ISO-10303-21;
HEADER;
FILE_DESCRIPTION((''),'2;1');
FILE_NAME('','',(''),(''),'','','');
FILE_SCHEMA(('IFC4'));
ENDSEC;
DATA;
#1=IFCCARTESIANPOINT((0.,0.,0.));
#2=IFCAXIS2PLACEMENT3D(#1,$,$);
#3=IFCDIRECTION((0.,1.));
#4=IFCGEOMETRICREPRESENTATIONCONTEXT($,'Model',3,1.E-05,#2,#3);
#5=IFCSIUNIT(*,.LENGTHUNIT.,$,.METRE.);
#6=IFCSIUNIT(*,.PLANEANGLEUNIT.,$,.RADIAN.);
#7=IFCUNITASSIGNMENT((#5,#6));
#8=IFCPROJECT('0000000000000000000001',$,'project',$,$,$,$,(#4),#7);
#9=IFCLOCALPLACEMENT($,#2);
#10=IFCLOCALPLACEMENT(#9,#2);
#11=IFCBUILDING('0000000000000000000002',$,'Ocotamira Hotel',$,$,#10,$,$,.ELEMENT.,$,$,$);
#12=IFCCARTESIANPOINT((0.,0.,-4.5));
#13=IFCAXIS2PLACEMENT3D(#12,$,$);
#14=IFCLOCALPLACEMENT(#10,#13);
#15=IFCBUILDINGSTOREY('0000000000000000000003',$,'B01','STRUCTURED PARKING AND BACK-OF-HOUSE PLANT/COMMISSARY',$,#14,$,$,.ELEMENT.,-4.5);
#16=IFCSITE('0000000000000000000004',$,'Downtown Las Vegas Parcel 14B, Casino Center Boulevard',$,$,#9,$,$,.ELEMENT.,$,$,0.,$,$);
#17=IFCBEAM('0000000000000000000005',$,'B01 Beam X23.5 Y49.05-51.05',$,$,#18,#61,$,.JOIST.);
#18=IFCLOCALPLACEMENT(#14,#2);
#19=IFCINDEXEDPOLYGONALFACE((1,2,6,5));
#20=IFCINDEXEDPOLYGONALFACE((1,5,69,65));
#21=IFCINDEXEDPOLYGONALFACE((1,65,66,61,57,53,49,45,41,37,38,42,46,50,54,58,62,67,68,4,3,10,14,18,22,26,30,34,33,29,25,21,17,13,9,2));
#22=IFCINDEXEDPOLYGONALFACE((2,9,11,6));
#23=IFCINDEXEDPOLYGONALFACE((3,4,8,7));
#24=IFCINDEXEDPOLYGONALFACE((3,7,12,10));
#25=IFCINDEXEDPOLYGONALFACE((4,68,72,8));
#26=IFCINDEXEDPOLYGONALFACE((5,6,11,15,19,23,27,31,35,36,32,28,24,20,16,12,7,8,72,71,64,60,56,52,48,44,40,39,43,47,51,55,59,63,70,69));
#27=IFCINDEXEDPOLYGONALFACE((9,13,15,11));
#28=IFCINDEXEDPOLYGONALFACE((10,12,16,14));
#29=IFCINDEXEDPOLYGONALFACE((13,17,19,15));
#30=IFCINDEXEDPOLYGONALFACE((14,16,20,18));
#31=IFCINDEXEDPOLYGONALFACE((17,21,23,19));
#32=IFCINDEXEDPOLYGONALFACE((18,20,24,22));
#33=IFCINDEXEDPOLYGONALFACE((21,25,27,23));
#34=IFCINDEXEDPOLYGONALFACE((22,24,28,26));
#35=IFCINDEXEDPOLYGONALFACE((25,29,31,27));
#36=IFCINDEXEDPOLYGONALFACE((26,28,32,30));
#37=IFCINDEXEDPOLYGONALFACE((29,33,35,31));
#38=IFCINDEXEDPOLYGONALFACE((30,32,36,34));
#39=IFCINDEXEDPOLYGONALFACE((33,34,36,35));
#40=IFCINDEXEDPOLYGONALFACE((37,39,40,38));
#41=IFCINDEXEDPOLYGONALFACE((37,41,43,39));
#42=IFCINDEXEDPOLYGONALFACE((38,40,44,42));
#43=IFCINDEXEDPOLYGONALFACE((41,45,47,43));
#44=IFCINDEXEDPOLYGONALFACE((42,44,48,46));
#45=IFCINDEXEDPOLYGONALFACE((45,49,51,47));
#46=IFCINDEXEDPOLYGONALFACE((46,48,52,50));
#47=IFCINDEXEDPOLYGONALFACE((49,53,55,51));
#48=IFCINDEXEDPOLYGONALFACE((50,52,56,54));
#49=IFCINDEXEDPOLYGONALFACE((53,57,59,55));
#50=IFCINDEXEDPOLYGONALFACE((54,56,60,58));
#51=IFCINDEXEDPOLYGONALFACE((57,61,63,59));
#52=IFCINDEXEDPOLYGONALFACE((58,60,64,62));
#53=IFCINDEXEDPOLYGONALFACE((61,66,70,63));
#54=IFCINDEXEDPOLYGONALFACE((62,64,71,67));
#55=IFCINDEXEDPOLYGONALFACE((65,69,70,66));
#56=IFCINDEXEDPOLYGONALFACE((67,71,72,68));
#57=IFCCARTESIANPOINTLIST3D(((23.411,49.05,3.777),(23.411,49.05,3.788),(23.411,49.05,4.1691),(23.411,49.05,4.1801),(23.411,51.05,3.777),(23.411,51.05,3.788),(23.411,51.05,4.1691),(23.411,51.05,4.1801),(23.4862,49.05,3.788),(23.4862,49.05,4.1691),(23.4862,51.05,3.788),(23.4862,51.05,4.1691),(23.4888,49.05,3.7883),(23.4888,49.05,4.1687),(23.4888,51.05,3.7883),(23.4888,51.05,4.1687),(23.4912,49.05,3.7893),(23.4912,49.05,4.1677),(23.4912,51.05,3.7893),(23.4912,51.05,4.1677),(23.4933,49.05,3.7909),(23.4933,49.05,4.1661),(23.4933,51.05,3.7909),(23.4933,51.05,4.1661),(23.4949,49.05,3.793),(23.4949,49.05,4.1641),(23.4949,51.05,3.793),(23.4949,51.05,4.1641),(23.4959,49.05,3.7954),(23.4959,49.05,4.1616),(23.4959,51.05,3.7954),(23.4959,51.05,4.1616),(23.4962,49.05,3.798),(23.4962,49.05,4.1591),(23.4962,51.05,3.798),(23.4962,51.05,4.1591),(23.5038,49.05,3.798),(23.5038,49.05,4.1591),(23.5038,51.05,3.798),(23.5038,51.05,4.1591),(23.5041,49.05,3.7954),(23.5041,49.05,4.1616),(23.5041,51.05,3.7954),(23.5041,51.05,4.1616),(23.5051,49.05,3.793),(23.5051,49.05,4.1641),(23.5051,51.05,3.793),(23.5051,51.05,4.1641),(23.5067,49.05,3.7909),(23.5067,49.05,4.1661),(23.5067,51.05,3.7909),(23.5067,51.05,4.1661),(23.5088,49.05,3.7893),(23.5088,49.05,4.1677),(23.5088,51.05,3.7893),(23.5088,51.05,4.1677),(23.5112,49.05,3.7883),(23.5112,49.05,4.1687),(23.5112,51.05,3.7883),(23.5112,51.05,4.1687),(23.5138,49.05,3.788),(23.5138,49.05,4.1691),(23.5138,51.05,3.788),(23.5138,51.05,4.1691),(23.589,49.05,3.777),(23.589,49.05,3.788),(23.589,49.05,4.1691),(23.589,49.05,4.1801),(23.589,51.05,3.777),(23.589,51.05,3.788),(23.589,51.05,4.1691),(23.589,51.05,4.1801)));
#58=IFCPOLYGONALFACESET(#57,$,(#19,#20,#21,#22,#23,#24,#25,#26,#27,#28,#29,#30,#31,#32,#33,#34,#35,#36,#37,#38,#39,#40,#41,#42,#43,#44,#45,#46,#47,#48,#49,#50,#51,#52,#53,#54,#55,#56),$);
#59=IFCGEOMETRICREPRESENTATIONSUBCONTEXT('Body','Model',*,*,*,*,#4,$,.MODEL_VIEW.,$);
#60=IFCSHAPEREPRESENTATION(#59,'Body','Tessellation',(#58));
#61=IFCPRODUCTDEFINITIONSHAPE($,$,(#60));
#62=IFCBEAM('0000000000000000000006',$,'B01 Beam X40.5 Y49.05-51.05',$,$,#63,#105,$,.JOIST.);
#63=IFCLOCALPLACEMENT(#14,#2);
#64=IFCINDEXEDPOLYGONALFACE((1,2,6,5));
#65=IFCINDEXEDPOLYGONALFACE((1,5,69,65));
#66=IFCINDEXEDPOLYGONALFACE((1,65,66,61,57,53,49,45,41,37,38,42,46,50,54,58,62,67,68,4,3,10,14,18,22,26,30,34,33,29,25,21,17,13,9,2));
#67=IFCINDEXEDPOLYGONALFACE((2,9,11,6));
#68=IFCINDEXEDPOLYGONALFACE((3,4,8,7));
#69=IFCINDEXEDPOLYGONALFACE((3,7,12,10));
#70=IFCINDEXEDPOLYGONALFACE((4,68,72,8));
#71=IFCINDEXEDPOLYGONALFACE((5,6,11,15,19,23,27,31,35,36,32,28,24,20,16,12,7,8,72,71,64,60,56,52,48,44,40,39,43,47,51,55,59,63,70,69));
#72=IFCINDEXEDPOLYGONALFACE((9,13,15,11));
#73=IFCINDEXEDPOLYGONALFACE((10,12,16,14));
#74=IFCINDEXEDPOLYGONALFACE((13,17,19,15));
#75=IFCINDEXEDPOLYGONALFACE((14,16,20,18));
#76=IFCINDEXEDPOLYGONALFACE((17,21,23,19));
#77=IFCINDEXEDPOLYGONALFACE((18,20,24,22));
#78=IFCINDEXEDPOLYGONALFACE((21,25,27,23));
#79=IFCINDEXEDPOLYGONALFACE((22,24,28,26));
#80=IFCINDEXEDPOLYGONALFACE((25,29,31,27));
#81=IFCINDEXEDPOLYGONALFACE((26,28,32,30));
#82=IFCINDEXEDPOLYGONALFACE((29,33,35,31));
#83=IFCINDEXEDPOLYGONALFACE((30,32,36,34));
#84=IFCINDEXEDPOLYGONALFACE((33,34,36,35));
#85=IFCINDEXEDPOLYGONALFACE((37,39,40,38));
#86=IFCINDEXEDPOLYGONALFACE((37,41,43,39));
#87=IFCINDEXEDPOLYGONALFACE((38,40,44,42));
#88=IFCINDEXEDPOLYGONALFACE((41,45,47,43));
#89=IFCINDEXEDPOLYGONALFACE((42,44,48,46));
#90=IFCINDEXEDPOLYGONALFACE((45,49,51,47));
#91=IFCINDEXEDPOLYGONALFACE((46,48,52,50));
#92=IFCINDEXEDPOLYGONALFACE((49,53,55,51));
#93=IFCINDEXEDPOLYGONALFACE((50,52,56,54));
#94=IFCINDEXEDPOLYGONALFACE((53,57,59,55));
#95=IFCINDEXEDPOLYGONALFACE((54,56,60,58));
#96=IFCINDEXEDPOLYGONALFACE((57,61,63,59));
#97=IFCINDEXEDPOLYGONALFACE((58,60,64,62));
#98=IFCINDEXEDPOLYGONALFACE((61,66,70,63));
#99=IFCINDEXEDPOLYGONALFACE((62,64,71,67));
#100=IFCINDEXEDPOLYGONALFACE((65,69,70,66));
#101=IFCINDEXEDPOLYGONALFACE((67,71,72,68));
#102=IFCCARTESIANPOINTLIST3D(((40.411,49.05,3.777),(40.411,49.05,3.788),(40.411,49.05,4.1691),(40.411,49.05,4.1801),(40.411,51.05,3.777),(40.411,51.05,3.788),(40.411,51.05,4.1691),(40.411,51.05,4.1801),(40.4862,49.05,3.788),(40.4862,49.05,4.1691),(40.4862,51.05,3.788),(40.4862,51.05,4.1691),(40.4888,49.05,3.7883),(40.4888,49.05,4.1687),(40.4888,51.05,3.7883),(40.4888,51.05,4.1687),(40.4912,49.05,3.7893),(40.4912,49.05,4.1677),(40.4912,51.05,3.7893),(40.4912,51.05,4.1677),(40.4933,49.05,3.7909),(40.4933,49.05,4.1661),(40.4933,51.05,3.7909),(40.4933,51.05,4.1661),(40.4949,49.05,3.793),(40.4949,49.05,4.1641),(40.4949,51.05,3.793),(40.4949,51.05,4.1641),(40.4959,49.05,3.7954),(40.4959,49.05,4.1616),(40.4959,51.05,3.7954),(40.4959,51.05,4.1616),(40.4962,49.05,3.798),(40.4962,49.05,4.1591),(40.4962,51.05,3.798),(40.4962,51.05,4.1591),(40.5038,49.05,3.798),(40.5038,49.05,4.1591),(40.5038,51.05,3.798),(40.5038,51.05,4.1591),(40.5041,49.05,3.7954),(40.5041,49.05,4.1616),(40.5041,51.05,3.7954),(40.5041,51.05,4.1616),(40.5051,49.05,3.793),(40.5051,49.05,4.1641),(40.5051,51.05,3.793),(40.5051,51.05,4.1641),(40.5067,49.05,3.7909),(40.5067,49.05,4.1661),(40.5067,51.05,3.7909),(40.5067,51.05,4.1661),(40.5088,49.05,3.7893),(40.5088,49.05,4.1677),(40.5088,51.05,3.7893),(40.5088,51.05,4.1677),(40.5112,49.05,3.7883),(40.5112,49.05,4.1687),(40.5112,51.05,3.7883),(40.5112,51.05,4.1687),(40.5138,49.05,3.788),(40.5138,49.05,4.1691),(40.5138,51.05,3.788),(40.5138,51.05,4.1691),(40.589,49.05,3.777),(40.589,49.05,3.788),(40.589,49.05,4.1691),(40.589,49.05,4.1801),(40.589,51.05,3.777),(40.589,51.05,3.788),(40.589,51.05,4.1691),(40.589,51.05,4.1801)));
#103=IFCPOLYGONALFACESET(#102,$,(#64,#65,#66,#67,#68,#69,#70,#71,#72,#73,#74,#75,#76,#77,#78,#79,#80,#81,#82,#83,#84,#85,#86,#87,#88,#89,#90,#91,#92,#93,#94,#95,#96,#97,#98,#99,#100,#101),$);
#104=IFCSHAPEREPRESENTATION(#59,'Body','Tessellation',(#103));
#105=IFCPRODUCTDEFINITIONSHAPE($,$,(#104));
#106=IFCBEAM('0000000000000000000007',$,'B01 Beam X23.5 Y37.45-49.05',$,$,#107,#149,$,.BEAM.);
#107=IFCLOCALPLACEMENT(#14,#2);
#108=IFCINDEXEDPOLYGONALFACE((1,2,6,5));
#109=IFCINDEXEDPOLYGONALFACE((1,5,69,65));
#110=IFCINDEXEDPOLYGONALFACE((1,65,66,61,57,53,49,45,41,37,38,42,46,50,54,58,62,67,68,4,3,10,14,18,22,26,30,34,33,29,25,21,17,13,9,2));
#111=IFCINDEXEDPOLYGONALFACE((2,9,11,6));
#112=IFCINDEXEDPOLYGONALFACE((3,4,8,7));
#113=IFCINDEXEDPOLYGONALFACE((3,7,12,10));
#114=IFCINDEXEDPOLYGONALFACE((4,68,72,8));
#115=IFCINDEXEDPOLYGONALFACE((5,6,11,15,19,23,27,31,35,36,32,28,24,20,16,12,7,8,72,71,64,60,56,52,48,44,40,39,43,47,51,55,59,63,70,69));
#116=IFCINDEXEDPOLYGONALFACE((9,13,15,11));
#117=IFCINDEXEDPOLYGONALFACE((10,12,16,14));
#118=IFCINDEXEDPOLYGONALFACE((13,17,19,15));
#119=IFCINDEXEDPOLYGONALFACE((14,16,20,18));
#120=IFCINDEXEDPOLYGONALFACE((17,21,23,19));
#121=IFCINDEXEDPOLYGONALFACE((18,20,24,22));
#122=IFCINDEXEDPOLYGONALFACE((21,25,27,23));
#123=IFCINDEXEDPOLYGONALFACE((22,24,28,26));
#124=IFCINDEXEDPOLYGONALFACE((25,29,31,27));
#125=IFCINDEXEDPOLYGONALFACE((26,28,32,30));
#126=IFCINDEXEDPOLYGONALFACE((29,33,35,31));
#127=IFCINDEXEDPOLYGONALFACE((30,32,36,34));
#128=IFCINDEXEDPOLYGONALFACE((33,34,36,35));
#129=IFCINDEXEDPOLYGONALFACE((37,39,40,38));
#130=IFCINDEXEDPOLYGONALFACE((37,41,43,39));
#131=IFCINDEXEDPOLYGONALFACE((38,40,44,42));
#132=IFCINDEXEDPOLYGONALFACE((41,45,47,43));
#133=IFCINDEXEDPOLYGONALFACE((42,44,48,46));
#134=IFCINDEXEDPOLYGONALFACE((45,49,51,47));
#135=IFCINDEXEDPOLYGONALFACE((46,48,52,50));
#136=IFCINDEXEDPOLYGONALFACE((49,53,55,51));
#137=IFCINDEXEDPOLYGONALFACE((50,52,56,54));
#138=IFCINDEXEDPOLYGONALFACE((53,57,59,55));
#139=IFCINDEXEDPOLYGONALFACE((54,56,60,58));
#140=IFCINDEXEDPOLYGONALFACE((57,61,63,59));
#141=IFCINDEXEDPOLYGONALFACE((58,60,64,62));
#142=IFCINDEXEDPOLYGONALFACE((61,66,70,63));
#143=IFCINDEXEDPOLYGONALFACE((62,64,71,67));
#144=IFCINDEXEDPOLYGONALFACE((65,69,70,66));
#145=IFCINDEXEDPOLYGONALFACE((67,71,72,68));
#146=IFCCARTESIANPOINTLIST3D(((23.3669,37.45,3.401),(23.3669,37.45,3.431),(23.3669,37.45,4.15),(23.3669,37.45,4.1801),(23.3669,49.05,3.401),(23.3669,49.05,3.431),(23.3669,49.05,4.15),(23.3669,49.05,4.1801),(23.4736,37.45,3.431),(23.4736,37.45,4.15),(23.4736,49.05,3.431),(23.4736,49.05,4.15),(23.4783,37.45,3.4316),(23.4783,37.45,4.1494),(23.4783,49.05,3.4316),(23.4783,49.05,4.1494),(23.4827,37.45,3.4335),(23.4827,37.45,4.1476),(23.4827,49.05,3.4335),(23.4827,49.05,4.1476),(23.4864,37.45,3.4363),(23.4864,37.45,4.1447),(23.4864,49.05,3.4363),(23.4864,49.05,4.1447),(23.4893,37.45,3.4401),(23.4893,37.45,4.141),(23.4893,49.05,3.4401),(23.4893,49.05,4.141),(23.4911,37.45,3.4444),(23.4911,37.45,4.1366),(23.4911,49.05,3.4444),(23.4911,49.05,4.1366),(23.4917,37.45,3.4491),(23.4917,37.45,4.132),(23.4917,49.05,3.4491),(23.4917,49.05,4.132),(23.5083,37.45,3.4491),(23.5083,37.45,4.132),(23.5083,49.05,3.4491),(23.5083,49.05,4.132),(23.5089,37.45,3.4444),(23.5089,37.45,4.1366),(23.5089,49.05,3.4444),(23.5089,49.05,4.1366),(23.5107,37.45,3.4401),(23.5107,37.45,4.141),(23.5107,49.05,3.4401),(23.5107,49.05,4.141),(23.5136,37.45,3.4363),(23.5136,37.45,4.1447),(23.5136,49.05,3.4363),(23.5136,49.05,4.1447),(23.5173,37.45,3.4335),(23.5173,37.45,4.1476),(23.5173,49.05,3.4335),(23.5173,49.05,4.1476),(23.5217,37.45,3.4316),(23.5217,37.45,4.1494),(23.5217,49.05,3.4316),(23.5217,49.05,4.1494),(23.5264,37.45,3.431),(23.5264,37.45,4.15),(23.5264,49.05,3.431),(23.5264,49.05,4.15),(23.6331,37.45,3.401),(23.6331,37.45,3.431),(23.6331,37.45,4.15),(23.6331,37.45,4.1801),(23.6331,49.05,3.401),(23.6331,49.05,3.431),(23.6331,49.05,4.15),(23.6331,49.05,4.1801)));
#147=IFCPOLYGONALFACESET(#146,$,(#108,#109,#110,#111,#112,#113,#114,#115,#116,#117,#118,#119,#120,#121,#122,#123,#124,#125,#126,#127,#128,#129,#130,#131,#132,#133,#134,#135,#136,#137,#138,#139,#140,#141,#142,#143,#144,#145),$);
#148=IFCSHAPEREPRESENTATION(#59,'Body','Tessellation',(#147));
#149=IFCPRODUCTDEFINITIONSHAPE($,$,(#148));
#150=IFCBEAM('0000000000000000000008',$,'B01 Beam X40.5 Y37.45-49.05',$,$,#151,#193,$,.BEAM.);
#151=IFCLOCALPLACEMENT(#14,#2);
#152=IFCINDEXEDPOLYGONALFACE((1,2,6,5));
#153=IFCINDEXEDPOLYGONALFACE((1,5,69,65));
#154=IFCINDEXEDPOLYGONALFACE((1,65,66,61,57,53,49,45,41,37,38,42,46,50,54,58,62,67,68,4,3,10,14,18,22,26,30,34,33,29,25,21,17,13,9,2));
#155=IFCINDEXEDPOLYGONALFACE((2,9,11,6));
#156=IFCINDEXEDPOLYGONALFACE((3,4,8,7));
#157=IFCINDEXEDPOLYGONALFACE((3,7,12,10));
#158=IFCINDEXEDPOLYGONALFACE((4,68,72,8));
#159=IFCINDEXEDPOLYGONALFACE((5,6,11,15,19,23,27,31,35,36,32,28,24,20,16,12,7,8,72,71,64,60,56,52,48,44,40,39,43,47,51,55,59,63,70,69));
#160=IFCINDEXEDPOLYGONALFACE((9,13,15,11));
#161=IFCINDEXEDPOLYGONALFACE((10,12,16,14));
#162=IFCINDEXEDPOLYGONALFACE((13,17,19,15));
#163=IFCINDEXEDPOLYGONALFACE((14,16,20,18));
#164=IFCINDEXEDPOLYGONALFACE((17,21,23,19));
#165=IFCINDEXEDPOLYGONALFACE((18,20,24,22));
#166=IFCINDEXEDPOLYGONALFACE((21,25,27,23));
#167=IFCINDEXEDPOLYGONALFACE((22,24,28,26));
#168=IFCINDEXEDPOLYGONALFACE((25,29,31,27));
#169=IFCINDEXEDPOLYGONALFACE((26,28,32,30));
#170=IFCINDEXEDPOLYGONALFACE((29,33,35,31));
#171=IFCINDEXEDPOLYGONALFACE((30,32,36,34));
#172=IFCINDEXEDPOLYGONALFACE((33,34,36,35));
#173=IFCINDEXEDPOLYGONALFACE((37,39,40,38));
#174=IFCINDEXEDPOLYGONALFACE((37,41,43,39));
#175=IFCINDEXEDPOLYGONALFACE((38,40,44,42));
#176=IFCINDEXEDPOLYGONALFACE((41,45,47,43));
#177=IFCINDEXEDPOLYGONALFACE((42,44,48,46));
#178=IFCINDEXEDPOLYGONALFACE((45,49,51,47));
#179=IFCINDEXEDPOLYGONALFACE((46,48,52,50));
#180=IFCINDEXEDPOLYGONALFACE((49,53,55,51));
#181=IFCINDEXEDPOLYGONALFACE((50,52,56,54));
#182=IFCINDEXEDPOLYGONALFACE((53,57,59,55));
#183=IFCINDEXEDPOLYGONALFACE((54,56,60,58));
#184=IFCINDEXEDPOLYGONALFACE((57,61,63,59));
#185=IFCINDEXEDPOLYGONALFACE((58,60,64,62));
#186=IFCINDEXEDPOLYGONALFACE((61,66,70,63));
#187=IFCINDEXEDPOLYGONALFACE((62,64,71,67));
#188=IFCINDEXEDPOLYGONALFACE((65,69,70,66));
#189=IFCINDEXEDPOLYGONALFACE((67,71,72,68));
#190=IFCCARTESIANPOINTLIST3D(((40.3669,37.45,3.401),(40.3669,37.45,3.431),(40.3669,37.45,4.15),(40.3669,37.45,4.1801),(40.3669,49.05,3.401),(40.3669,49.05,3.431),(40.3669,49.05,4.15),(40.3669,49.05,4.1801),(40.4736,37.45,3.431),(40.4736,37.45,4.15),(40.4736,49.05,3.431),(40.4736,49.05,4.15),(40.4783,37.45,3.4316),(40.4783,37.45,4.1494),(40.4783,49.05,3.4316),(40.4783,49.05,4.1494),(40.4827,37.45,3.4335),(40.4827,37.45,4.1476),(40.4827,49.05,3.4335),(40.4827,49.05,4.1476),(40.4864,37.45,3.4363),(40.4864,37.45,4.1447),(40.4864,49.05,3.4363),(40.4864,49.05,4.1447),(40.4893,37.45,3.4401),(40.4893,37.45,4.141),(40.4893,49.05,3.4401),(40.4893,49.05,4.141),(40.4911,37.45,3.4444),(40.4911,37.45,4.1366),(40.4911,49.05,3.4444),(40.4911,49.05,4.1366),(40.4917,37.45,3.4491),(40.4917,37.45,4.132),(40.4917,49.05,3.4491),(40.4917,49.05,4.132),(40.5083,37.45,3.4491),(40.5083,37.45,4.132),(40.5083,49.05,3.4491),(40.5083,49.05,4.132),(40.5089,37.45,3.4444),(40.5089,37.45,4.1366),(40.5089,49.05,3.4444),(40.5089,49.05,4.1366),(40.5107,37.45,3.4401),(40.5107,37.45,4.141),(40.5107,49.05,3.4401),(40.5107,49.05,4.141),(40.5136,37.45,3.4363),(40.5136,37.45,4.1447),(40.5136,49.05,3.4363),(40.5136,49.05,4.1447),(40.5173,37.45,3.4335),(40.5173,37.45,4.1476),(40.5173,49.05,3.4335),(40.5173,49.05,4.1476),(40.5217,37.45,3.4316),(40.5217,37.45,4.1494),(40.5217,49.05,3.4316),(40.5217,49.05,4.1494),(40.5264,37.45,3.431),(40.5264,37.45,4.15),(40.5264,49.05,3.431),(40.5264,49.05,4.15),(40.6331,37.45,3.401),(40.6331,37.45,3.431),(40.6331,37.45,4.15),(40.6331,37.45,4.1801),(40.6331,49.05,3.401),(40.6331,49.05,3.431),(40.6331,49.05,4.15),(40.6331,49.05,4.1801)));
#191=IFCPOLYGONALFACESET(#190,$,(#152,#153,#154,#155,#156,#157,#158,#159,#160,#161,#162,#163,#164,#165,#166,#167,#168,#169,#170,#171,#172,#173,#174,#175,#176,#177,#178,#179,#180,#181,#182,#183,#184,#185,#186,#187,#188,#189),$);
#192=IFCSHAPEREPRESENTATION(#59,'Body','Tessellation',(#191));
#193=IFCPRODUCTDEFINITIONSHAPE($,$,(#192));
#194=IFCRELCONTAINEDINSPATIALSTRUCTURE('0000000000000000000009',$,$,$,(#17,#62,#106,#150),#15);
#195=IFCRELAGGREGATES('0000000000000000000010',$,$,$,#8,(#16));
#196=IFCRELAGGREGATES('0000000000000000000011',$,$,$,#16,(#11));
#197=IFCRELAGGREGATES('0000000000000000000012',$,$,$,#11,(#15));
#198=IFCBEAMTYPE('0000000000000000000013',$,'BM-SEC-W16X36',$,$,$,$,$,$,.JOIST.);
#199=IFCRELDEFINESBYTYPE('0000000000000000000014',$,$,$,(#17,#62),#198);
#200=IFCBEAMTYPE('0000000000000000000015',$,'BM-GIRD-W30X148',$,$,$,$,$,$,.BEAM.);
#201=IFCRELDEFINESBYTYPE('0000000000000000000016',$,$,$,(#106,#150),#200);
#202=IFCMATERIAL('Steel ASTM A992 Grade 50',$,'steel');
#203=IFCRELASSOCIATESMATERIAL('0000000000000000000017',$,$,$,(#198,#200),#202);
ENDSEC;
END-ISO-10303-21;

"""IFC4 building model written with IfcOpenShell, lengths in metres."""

from ifc_helpers import new_model, si_unit, direction, frame, origin, origin_2d, place, context, subcontext, project, spatial, i_section, extrude, source, transform, mapped, material, material_profile, profile_set, type_object, element, save


model = new_model("IFC4")

# Units and contexts
model_context = context("Model", 3, precision=1e-05, world=origin(), true_north=direction((0.0, 1.0)))
body_context = subcontext(model_context, "Body", "Model", "MODEL_VIEW")
ifc_project = project(units=[si_unit("LENGTHUNIT", "METRE"), si_unit("PLANEANGLEUNIT", "RADIAN")], contexts=[model_context])

# Site, building, storey
site_placement = place(None, origin())
site = spatial("IfcSite", under=ifc_project, at=site_placement, Name="Downtown Las Vegas Parcel 14B, Casino Center Boulevard", CompositionType="ELEMENT", RefElevation=0.0)
building_placement = place(site_placement, origin())
building = spatial("IfcBuilding", under=site, at=building_placement, Name="Ocotamira Hotel", CompositionType="ELEMENT")
storey_placement = place(building_placement, frame((0.0, 0.0, -4.5)))
storey = spatial("IfcBuildingStorey", under=building, at=storey_placement, Name="B01", Description="STRUCTURED PARKING AND BACK-OF-HOUSE PLANT/COMMISSARY", CompositionType="ELEMENT", Elevation=-4.5)

# Beams
ifc_material_1 = material(Name="Steel ASTM A992 Grade 50", Category="steel")
ifc_material_profile_1 = material_profile(ifc_material_1, i_section(OverallWidth=0.178, OverallDepth=0.4031, WebThickness=0.0076, FlangeThickness=0.011, FilletRadius=0.01, at=origin_2d()), Name="W16X36")
ifc_profile_set_1 = profile_set([ifc_material_profile_1], Name="Steel ASTM A992 Grade 50")
beam_type_1 = type_object("IfcBeamType", Name="BM-SEC-W16X36", PredefinedType="JOIST", material=ifc_profile_set_1)
shared_shape_1 = source(origin(), body_context, "Body", "SweptSolid", [
    extrude(i_section(OverallWidth=0.178, OverallDepth=0.4031, WebThickness=0.0076, FlangeThickness=0.011, FilletRadius=0.01, at=origin_2d()), origin(), (0.0, 0.0, 1.0), 2.0),
])
for number, where, z_axis, x_axis, name in (
    (1, (23.5, 49.05, 3.9785), (0.0, 1.0, 0.0), (-1.0, 0.0, 0.0), "B01 Beam X23.5 Y49.05-51.05"),
    (2, (40.5, 49.05, 3.9785), (0.0, 1.0, 0.0), (-1.0, 0.0, 0.0), "B01 Beam X40.5 Y49.05-51.05"),
):
    element("IfcBeam", number, at=place(storey_placement, frame(where, z_axis=z_axis, x_axis=x_axis)), inside=storey, type_object=beam_type_1, Name=name, PredefinedType="JOIST", context=body_context, shape_type="MappedRepresentation", body=[
        mapped(shared_shape_1, transform((0.0, 0.0, 0.0), scale=1.0)),
    ])
ifc_material_profile_2 = material_profile(ifc_material_1, i_section(OverallWidth=0.2661, OverallDepth=0.7791, WebThickness=0.0166, FlangeThickness=0.03, FilletRadius=0.0181, at=origin_2d()), Name="W30X148")
ifc_profile_set_2 = profile_set([ifc_material_profile_2], Name="Steel ASTM A992 Grade 50")
beam_type_2 = type_object("IfcBeamType", Name="BM-GIRD-W30X148", PredefinedType="BEAM", material=ifc_profile_set_2)
shared_shape_2 = source(origin(), body_context, "Body", "SweptSolid", [
    extrude(i_section(OverallWidth=0.2661, OverallDepth=0.7791, WebThickness=0.0166, FlangeThickness=0.03, FilletRadius=0.0181, at=origin_2d()), origin(), (0.0, 0.0, 1.0), 11.6001),
])
for number, where, z_axis, x_axis, name in (
    (3, (23.5, 37.45, 3.7905), (0.0, 1.0, 0.0), (-1.0, 0.0, 0.0), "B01 Beam X23.5 Y37.45-49.05"),
    (4, (40.5, 37.45, 3.7905), (0.0, 1.0, 0.0), (-1.0, 0.0, 0.0), "B01 Beam X40.5 Y37.45-49.05"),
):
    element("IfcBeam", number, at=place(storey_placement, frame(where, z_axis=z_axis, x_axis=x_axis)), inside=storey, type_object=beam_type_2, Name=name, PredefinedType="BEAM", context=body_context, shape_type="MappedRepresentation", body=[
        mapped(shared_shape_2, transform((0.0, 0.0, 0.0), scale=1.0)),
    ])

save(model, "model.ifc")
